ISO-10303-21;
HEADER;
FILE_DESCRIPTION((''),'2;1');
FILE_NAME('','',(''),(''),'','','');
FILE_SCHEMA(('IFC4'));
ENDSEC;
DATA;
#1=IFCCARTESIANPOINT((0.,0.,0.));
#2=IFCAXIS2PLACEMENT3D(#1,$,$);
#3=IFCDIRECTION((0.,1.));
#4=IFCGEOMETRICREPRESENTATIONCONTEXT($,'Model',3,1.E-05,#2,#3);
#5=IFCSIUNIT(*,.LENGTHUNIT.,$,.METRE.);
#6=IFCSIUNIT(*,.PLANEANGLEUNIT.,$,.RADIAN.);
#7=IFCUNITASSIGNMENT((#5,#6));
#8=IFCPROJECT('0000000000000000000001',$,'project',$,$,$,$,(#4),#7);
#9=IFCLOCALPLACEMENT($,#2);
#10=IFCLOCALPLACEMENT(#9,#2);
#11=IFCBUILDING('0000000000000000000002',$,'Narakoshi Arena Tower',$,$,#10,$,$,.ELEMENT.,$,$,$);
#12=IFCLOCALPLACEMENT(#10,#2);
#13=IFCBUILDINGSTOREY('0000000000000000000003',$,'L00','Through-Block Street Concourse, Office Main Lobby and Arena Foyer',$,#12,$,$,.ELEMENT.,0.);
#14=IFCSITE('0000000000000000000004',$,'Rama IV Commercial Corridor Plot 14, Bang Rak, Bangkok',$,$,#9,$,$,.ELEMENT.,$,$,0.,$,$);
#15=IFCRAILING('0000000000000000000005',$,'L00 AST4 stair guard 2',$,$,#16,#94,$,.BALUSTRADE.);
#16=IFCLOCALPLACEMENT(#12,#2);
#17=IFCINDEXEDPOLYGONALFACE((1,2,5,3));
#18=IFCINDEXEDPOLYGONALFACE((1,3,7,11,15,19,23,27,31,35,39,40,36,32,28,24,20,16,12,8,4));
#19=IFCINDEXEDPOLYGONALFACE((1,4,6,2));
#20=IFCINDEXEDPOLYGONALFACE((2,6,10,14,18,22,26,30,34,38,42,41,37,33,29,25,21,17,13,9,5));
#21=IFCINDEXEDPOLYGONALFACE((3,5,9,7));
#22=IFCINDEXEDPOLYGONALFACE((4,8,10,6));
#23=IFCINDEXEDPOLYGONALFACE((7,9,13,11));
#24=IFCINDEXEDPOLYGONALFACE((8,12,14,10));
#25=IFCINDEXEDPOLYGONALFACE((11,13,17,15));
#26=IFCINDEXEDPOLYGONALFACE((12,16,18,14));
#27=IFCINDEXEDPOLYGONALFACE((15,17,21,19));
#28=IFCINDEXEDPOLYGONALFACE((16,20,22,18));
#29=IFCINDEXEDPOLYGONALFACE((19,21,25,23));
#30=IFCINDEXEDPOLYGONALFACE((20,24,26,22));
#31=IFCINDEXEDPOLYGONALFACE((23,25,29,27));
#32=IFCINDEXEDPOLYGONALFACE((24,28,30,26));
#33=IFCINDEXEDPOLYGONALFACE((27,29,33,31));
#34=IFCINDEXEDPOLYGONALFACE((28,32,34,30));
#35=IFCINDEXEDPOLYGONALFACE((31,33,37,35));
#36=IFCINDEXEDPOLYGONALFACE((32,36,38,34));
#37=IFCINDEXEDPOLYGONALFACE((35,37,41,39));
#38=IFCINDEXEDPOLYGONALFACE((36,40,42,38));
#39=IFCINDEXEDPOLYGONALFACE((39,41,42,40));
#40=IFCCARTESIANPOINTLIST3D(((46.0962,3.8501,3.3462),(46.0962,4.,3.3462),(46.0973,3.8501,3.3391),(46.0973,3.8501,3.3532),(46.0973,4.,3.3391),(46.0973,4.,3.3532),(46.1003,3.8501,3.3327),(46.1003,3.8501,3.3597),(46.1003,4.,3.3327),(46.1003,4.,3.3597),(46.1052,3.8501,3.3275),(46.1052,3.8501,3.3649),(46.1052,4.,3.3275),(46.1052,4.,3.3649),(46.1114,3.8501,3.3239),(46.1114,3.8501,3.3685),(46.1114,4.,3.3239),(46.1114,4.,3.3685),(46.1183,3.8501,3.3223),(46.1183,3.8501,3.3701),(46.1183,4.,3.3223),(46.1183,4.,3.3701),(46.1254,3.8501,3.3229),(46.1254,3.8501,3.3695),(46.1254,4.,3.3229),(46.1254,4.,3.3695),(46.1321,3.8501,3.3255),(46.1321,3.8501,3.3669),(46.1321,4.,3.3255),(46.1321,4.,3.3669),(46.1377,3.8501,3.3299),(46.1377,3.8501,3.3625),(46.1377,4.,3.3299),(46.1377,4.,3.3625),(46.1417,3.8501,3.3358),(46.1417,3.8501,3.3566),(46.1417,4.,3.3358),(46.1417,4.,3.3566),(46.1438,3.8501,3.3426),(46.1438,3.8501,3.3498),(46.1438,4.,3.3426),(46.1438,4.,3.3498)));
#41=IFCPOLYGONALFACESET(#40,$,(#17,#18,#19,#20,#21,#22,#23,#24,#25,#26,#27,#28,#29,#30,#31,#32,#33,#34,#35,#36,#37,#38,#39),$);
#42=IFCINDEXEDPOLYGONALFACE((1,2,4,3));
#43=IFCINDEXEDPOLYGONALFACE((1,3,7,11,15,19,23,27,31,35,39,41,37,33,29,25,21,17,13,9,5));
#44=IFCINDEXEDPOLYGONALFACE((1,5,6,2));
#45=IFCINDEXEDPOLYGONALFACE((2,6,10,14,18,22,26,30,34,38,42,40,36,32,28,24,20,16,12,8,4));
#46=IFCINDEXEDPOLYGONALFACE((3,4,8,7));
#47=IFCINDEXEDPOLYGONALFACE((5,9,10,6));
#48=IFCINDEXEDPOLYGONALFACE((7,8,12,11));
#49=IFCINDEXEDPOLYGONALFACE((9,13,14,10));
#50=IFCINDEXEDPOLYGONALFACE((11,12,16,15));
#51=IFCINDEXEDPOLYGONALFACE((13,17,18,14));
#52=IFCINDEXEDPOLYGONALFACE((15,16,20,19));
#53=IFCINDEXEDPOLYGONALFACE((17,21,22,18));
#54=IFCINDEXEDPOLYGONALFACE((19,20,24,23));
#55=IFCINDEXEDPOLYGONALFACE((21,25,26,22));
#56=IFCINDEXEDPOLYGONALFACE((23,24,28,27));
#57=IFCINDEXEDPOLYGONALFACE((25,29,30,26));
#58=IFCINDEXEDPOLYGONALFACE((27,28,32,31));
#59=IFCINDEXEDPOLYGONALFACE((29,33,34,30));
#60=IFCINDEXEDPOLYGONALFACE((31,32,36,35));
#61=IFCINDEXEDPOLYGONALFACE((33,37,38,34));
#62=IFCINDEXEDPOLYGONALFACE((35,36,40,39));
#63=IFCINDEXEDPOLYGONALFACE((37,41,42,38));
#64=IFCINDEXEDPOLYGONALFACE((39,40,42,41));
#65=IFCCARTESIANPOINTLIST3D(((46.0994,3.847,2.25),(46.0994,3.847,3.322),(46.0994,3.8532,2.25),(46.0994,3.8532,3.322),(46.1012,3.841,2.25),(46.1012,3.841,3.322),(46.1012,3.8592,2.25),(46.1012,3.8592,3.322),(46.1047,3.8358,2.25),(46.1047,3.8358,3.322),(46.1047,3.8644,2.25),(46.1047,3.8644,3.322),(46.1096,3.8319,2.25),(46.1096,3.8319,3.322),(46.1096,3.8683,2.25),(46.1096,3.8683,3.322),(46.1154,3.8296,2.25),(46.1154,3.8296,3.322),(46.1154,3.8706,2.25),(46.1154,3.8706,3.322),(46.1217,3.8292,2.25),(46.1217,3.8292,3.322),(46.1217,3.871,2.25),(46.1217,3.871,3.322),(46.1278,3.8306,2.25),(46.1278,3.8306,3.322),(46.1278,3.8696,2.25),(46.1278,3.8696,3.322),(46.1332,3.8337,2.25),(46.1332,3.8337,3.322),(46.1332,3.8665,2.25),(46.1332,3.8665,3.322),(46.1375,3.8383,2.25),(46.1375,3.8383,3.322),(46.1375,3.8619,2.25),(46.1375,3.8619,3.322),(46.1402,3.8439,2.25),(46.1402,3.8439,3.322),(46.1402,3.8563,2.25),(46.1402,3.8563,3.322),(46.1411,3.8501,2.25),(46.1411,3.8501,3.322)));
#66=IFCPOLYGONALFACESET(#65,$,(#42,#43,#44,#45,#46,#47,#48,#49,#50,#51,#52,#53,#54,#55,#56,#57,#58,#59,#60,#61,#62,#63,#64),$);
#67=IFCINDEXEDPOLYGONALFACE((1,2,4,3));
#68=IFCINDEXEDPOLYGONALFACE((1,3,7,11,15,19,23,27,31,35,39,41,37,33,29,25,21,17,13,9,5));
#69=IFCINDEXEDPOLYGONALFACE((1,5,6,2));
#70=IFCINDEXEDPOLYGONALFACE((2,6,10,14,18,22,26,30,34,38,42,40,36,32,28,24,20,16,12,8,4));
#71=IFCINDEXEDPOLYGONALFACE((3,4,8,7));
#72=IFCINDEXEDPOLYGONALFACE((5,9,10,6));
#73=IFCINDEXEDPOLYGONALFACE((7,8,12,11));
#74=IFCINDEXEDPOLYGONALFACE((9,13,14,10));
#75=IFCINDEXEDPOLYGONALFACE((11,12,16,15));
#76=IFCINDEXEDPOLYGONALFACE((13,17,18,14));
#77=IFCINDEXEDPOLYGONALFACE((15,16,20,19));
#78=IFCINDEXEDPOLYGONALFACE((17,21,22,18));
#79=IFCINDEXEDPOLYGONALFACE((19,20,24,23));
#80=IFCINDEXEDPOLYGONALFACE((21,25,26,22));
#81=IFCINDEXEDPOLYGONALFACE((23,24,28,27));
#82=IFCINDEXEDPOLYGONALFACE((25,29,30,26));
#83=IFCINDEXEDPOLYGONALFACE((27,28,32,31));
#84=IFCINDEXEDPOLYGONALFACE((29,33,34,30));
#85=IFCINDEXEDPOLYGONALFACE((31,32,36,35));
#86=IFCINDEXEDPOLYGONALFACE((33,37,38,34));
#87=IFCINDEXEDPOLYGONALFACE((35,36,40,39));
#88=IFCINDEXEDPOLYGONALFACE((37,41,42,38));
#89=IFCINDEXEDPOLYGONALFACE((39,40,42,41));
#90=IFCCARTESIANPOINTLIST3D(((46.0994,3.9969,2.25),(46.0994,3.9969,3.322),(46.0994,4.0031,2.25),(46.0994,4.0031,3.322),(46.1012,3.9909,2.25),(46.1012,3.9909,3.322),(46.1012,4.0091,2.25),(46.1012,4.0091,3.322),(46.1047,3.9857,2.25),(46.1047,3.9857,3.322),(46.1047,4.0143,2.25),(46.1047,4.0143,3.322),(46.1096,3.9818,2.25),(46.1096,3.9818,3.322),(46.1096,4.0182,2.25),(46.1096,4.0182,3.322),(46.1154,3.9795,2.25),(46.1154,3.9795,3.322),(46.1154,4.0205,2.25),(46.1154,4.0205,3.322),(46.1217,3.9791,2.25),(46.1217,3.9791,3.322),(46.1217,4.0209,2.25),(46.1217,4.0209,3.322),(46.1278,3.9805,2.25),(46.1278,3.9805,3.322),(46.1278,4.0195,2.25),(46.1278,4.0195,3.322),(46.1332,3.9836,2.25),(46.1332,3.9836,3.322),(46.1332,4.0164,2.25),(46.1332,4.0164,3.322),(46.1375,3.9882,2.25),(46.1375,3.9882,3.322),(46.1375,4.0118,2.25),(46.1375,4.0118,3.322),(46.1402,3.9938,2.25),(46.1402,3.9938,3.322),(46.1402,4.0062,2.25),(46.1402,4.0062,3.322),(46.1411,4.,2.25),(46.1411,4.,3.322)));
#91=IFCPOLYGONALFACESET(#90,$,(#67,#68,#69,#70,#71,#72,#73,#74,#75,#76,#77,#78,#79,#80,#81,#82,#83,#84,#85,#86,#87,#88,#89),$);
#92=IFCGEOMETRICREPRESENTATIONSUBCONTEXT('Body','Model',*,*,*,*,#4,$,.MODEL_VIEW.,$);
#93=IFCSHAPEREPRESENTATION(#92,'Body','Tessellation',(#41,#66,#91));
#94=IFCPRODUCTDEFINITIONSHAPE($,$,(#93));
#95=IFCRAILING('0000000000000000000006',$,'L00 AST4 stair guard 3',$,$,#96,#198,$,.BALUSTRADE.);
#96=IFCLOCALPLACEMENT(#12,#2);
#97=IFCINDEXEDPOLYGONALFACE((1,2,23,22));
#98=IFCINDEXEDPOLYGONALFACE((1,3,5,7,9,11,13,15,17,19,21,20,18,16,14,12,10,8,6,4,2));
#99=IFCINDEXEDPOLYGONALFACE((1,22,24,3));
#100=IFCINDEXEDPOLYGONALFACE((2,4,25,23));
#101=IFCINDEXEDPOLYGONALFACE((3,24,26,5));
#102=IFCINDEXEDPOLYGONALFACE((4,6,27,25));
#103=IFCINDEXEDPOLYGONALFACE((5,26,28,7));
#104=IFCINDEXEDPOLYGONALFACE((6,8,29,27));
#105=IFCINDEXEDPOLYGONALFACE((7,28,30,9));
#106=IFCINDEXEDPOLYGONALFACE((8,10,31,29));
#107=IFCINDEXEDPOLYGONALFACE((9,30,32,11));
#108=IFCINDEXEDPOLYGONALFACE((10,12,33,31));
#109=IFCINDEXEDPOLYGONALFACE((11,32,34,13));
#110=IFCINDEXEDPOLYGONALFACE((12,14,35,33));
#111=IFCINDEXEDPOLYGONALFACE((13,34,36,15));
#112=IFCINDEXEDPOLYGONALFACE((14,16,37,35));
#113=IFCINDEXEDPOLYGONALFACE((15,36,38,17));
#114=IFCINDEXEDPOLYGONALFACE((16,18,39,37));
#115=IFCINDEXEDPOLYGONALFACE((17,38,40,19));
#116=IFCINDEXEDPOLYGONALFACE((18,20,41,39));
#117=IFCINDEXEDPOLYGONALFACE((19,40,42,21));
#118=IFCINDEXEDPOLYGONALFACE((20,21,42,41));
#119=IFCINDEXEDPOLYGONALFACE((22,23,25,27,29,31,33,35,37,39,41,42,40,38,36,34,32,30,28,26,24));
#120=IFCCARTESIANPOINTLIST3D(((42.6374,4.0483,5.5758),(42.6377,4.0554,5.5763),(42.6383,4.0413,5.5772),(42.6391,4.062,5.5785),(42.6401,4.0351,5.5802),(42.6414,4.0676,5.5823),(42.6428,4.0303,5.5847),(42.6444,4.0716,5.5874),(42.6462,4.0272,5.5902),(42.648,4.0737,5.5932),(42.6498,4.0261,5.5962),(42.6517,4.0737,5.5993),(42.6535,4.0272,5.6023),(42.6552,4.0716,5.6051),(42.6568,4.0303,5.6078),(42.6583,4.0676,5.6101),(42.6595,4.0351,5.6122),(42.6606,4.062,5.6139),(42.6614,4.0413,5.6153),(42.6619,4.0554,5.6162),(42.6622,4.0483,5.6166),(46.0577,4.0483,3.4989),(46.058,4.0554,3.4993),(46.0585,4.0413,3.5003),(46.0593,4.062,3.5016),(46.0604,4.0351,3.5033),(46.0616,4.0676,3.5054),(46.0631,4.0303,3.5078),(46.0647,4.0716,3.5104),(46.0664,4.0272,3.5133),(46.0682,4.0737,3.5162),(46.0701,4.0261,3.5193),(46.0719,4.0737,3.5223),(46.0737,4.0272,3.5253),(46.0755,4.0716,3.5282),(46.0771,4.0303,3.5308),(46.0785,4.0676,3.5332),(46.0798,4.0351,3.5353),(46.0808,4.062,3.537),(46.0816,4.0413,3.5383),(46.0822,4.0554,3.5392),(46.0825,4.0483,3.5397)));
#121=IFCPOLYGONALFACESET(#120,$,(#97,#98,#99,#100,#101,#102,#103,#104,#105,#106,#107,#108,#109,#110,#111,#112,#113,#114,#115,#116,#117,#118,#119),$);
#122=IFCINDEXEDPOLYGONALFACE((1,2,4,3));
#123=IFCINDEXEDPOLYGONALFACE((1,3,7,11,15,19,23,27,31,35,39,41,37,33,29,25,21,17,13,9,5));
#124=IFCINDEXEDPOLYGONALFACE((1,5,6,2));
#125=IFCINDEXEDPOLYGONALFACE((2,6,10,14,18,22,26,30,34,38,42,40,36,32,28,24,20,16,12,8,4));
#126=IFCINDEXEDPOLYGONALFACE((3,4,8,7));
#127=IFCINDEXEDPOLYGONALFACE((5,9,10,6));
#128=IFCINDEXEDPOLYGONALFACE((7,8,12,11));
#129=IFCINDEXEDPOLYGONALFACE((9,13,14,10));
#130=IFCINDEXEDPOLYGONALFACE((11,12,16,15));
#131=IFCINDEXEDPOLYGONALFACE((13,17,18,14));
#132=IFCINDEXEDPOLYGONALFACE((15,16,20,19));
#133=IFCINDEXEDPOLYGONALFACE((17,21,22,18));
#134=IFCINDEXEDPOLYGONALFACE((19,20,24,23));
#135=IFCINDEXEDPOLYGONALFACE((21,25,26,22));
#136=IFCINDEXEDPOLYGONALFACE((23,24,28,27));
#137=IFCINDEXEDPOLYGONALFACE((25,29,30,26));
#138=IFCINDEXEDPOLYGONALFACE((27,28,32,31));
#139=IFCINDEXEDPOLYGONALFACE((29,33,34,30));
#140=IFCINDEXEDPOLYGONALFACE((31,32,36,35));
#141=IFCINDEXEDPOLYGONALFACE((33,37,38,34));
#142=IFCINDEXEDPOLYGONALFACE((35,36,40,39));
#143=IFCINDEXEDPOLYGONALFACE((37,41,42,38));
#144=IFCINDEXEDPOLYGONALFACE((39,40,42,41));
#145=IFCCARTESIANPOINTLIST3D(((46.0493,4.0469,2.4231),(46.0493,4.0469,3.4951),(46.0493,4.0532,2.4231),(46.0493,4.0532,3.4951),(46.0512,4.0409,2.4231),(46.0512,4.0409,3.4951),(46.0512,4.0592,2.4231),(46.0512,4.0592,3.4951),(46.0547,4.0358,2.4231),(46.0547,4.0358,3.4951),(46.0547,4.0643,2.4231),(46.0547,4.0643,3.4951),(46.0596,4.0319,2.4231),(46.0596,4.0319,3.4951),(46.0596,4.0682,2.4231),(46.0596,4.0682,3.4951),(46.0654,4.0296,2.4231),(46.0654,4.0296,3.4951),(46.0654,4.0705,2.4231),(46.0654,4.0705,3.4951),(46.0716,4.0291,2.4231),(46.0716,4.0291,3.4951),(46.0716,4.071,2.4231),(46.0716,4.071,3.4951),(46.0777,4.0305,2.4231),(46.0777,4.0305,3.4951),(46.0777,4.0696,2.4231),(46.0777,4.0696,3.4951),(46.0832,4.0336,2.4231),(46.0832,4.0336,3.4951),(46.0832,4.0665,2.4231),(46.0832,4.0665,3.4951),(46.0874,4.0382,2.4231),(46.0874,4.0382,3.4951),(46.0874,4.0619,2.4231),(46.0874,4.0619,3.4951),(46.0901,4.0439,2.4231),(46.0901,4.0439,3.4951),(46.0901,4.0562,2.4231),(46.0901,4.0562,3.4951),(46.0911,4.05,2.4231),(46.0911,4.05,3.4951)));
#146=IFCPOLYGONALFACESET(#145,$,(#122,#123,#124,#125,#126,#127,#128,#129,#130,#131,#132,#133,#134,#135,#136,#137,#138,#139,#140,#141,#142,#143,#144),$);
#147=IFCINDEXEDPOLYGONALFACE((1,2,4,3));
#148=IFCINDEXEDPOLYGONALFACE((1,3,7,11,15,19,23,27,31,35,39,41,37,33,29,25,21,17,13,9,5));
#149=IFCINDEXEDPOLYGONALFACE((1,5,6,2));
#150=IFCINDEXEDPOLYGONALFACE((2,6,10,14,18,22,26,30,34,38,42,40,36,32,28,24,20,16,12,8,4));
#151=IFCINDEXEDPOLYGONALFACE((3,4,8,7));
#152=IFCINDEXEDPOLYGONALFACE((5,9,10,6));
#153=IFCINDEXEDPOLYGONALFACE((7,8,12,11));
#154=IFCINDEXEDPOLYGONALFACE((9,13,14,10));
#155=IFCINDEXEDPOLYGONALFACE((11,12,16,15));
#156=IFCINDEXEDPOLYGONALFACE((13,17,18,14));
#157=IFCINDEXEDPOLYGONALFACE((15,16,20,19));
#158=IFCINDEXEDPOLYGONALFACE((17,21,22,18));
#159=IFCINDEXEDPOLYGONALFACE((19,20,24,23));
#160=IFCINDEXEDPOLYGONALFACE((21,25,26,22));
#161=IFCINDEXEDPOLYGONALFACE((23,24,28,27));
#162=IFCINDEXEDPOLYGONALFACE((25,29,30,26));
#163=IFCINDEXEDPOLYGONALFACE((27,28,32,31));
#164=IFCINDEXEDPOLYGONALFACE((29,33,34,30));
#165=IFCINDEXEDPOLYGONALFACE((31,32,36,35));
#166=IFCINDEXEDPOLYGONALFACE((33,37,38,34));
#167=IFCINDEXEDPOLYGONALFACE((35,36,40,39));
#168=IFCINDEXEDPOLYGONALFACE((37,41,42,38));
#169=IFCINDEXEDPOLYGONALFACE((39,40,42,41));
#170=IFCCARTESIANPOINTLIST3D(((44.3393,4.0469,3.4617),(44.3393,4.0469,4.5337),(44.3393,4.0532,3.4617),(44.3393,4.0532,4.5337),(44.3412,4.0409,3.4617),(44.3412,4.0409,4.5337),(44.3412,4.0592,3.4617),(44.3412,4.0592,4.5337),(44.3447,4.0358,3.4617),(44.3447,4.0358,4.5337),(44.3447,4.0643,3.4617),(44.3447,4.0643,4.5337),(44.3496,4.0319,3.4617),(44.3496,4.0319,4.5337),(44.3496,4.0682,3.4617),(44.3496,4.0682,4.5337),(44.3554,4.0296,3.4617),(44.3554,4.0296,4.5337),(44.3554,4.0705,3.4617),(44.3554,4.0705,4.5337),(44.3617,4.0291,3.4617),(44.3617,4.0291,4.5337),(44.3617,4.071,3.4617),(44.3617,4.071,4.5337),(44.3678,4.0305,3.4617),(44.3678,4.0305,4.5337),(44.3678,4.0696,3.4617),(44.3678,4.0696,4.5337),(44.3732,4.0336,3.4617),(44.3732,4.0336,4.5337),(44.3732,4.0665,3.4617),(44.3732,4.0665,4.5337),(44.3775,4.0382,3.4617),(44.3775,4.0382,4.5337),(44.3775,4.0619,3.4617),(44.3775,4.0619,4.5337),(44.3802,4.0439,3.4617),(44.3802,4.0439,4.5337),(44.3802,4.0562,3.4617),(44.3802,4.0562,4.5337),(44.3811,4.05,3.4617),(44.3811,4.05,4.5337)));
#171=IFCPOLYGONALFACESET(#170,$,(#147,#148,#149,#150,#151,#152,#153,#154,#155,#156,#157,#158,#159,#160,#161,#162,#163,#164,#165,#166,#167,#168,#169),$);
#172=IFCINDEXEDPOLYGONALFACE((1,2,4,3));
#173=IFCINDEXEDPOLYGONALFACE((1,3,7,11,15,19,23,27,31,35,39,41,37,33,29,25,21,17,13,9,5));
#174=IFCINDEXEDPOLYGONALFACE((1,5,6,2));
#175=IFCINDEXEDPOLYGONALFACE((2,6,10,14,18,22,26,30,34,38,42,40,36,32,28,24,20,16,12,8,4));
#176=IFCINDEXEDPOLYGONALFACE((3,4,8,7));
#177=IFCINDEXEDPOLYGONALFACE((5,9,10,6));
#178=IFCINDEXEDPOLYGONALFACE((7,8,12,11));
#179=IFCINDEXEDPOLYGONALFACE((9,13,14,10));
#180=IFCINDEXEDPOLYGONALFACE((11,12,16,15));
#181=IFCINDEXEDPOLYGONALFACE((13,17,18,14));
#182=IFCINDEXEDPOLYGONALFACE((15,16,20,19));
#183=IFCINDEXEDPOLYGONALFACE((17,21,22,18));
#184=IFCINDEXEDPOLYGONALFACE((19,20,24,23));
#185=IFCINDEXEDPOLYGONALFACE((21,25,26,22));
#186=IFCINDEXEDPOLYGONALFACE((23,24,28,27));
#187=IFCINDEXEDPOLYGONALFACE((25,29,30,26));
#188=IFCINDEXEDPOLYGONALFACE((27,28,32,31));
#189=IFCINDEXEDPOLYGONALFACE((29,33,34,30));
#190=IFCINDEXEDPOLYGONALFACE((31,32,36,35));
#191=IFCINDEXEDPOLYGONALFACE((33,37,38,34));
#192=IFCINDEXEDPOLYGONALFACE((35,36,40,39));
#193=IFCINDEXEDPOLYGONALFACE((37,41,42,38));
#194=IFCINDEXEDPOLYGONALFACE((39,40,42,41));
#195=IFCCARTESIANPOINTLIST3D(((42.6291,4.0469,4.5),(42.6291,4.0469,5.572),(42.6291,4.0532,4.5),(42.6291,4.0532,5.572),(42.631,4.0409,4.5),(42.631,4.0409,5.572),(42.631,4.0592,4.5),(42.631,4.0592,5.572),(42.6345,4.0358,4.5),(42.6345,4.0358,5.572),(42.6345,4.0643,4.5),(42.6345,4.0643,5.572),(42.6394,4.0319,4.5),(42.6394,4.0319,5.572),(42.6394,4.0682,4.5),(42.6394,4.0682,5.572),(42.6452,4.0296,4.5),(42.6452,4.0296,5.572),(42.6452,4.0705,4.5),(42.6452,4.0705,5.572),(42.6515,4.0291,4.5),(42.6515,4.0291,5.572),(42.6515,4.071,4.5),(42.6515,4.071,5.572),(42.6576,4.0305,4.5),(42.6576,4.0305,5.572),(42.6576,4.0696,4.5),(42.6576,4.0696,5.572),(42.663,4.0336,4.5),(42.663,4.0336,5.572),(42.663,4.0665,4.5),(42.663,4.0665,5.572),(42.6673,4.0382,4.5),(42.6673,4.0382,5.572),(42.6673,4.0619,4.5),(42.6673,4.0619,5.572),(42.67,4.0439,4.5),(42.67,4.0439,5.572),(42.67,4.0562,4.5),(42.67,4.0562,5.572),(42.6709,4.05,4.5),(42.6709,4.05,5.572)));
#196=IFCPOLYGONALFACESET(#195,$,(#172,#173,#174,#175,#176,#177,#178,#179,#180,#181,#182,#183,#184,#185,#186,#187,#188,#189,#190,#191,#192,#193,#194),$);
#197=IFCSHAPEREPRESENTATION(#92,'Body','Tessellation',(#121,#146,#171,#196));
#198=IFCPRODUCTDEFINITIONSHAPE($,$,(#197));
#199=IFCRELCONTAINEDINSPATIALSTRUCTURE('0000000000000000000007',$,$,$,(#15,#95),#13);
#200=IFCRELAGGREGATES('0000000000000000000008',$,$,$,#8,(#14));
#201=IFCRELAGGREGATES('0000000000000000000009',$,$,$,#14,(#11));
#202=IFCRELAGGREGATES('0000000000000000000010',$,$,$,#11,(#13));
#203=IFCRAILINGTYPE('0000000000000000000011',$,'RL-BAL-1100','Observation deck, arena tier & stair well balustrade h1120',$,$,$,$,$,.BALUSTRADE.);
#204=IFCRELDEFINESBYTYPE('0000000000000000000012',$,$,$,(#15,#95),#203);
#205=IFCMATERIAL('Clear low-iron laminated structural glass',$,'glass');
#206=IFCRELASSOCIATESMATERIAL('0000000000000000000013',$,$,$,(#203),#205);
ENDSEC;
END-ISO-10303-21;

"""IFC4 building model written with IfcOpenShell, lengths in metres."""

from ifc_helpers import new_model, si_unit, direction, frame, origin, origin_2d, place, context, subcontext, project, spatial, circle, extrude, material, type_object, element, save


model = new_model("IFC4")

# Units and contexts
model_context = context("Model", 3, precision=1e-05, world=origin(), true_north=direction((0.0, 1.0)))
body_context = subcontext(model_context, "Body", "Model", "MODEL_VIEW")
ifc_project = project(units=[si_unit("LENGTHUNIT", "METRE"), si_unit("PLANEANGLEUNIT", "RADIAN")], contexts=[model_context])

# Site, building, storey
site_placement = place(None, origin())
site = spatial("IfcSite", under=ifc_project, at=site_placement, Name="Rama IV Commercial Corridor Plot 14, Bang Rak, Bangkok", CompositionType="ELEMENT", RefElevation=0.0)
building_placement = place(site_placement, origin())
building = spatial("IfcBuilding", under=site, at=building_placement, Name="Narakoshi Arena Tower", CompositionType="ELEMENT")
storey_placement = place(building_placement, origin())
storey = spatial("IfcBuildingStorey", under=building, at=storey_placement, Name="L00", Description="Through-Block Street Concourse, Office Main Lobby and Arena Foyer", CompositionType="ELEMENT", Elevation=0.0)

# Railings
ifc_material_1 = material(Name="Clear low-iron laminated structural glass", Category="glass")
railing_type_1 = type_object("IfcRailingType", Name="RL-BAL-1100", Description="Observation deck, arena tier & stair well balustrade h1120", PredefinedType="BALUSTRADE", material=ifc_material_1)
railing_1_placement = place(storey_placement, frame((46.1201, 3.8501, 2.25)))
element("IfcRailing", 1, at=railing_1_placement, inside=storey, type_object=railing_type_1, Name="L00 AST4 stair guard 2", PredefinedType="BALUSTRADE", context=body_context, shape_type="SweptSolid", body=[
    extrude(circle(Radius=0.0239, at=origin_2d()), frame((0.0, 0.0, 1.0962), z_axis=(0.0, 1.0, 0.0), x_axis=(-1.0, 0.0, 0.0)), (0.0, 0.0, 1.0), 0.1499),
    extrude(circle(Radius=0.021, at=origin_2d()), origin(), (0.0, 0.0, 1.0), 1.072),
    extrude(circle(Radius=0.021, at=origin_2d()), frame((0.0, 0.1499, 0.0)), (0.0, 0.0, 1.0), 1.072),
])
railing_2_placement = place(storey_placement, frame((46.0701, 4.05, 2.4231)))
element("IfcRailing", 2, at=railing_2_placement, inside=storey, type_object=railing_type_1, Name="L00 AST4 stair guard 3", PredefinedType="BALUSTRADE", context=body_context, shape_type="SweptSolid", body=[
    extrude(circle(Radius=0.0239, at=origin_2d()), frame((0.0, 0.0, 1.0962), z_axis=(-0.854746, 0.0, 0.519047), x_axis=(0.0, -1.0, 0.0)), (0.0, 0.0, 1.0), 4.0015),
    extrude(circle(Radius=0.021, at=origin_2d()), origin(), (0.0, 0.0, 1.0), 1.072),
    extrude(circle(Radius=0.021, at=origin_2d()), frame((-1.71, 0.0, 1.0386)), (0.0, 0.0, 1.0), 1.072),
    extrude(circle(Radius=0.021, at=origin_2d()), frame((-3.4202, 0.0, 2.0769)), (0.0, 0.0, 1.0), 1.072),
])

save(model, "model.ifc")
